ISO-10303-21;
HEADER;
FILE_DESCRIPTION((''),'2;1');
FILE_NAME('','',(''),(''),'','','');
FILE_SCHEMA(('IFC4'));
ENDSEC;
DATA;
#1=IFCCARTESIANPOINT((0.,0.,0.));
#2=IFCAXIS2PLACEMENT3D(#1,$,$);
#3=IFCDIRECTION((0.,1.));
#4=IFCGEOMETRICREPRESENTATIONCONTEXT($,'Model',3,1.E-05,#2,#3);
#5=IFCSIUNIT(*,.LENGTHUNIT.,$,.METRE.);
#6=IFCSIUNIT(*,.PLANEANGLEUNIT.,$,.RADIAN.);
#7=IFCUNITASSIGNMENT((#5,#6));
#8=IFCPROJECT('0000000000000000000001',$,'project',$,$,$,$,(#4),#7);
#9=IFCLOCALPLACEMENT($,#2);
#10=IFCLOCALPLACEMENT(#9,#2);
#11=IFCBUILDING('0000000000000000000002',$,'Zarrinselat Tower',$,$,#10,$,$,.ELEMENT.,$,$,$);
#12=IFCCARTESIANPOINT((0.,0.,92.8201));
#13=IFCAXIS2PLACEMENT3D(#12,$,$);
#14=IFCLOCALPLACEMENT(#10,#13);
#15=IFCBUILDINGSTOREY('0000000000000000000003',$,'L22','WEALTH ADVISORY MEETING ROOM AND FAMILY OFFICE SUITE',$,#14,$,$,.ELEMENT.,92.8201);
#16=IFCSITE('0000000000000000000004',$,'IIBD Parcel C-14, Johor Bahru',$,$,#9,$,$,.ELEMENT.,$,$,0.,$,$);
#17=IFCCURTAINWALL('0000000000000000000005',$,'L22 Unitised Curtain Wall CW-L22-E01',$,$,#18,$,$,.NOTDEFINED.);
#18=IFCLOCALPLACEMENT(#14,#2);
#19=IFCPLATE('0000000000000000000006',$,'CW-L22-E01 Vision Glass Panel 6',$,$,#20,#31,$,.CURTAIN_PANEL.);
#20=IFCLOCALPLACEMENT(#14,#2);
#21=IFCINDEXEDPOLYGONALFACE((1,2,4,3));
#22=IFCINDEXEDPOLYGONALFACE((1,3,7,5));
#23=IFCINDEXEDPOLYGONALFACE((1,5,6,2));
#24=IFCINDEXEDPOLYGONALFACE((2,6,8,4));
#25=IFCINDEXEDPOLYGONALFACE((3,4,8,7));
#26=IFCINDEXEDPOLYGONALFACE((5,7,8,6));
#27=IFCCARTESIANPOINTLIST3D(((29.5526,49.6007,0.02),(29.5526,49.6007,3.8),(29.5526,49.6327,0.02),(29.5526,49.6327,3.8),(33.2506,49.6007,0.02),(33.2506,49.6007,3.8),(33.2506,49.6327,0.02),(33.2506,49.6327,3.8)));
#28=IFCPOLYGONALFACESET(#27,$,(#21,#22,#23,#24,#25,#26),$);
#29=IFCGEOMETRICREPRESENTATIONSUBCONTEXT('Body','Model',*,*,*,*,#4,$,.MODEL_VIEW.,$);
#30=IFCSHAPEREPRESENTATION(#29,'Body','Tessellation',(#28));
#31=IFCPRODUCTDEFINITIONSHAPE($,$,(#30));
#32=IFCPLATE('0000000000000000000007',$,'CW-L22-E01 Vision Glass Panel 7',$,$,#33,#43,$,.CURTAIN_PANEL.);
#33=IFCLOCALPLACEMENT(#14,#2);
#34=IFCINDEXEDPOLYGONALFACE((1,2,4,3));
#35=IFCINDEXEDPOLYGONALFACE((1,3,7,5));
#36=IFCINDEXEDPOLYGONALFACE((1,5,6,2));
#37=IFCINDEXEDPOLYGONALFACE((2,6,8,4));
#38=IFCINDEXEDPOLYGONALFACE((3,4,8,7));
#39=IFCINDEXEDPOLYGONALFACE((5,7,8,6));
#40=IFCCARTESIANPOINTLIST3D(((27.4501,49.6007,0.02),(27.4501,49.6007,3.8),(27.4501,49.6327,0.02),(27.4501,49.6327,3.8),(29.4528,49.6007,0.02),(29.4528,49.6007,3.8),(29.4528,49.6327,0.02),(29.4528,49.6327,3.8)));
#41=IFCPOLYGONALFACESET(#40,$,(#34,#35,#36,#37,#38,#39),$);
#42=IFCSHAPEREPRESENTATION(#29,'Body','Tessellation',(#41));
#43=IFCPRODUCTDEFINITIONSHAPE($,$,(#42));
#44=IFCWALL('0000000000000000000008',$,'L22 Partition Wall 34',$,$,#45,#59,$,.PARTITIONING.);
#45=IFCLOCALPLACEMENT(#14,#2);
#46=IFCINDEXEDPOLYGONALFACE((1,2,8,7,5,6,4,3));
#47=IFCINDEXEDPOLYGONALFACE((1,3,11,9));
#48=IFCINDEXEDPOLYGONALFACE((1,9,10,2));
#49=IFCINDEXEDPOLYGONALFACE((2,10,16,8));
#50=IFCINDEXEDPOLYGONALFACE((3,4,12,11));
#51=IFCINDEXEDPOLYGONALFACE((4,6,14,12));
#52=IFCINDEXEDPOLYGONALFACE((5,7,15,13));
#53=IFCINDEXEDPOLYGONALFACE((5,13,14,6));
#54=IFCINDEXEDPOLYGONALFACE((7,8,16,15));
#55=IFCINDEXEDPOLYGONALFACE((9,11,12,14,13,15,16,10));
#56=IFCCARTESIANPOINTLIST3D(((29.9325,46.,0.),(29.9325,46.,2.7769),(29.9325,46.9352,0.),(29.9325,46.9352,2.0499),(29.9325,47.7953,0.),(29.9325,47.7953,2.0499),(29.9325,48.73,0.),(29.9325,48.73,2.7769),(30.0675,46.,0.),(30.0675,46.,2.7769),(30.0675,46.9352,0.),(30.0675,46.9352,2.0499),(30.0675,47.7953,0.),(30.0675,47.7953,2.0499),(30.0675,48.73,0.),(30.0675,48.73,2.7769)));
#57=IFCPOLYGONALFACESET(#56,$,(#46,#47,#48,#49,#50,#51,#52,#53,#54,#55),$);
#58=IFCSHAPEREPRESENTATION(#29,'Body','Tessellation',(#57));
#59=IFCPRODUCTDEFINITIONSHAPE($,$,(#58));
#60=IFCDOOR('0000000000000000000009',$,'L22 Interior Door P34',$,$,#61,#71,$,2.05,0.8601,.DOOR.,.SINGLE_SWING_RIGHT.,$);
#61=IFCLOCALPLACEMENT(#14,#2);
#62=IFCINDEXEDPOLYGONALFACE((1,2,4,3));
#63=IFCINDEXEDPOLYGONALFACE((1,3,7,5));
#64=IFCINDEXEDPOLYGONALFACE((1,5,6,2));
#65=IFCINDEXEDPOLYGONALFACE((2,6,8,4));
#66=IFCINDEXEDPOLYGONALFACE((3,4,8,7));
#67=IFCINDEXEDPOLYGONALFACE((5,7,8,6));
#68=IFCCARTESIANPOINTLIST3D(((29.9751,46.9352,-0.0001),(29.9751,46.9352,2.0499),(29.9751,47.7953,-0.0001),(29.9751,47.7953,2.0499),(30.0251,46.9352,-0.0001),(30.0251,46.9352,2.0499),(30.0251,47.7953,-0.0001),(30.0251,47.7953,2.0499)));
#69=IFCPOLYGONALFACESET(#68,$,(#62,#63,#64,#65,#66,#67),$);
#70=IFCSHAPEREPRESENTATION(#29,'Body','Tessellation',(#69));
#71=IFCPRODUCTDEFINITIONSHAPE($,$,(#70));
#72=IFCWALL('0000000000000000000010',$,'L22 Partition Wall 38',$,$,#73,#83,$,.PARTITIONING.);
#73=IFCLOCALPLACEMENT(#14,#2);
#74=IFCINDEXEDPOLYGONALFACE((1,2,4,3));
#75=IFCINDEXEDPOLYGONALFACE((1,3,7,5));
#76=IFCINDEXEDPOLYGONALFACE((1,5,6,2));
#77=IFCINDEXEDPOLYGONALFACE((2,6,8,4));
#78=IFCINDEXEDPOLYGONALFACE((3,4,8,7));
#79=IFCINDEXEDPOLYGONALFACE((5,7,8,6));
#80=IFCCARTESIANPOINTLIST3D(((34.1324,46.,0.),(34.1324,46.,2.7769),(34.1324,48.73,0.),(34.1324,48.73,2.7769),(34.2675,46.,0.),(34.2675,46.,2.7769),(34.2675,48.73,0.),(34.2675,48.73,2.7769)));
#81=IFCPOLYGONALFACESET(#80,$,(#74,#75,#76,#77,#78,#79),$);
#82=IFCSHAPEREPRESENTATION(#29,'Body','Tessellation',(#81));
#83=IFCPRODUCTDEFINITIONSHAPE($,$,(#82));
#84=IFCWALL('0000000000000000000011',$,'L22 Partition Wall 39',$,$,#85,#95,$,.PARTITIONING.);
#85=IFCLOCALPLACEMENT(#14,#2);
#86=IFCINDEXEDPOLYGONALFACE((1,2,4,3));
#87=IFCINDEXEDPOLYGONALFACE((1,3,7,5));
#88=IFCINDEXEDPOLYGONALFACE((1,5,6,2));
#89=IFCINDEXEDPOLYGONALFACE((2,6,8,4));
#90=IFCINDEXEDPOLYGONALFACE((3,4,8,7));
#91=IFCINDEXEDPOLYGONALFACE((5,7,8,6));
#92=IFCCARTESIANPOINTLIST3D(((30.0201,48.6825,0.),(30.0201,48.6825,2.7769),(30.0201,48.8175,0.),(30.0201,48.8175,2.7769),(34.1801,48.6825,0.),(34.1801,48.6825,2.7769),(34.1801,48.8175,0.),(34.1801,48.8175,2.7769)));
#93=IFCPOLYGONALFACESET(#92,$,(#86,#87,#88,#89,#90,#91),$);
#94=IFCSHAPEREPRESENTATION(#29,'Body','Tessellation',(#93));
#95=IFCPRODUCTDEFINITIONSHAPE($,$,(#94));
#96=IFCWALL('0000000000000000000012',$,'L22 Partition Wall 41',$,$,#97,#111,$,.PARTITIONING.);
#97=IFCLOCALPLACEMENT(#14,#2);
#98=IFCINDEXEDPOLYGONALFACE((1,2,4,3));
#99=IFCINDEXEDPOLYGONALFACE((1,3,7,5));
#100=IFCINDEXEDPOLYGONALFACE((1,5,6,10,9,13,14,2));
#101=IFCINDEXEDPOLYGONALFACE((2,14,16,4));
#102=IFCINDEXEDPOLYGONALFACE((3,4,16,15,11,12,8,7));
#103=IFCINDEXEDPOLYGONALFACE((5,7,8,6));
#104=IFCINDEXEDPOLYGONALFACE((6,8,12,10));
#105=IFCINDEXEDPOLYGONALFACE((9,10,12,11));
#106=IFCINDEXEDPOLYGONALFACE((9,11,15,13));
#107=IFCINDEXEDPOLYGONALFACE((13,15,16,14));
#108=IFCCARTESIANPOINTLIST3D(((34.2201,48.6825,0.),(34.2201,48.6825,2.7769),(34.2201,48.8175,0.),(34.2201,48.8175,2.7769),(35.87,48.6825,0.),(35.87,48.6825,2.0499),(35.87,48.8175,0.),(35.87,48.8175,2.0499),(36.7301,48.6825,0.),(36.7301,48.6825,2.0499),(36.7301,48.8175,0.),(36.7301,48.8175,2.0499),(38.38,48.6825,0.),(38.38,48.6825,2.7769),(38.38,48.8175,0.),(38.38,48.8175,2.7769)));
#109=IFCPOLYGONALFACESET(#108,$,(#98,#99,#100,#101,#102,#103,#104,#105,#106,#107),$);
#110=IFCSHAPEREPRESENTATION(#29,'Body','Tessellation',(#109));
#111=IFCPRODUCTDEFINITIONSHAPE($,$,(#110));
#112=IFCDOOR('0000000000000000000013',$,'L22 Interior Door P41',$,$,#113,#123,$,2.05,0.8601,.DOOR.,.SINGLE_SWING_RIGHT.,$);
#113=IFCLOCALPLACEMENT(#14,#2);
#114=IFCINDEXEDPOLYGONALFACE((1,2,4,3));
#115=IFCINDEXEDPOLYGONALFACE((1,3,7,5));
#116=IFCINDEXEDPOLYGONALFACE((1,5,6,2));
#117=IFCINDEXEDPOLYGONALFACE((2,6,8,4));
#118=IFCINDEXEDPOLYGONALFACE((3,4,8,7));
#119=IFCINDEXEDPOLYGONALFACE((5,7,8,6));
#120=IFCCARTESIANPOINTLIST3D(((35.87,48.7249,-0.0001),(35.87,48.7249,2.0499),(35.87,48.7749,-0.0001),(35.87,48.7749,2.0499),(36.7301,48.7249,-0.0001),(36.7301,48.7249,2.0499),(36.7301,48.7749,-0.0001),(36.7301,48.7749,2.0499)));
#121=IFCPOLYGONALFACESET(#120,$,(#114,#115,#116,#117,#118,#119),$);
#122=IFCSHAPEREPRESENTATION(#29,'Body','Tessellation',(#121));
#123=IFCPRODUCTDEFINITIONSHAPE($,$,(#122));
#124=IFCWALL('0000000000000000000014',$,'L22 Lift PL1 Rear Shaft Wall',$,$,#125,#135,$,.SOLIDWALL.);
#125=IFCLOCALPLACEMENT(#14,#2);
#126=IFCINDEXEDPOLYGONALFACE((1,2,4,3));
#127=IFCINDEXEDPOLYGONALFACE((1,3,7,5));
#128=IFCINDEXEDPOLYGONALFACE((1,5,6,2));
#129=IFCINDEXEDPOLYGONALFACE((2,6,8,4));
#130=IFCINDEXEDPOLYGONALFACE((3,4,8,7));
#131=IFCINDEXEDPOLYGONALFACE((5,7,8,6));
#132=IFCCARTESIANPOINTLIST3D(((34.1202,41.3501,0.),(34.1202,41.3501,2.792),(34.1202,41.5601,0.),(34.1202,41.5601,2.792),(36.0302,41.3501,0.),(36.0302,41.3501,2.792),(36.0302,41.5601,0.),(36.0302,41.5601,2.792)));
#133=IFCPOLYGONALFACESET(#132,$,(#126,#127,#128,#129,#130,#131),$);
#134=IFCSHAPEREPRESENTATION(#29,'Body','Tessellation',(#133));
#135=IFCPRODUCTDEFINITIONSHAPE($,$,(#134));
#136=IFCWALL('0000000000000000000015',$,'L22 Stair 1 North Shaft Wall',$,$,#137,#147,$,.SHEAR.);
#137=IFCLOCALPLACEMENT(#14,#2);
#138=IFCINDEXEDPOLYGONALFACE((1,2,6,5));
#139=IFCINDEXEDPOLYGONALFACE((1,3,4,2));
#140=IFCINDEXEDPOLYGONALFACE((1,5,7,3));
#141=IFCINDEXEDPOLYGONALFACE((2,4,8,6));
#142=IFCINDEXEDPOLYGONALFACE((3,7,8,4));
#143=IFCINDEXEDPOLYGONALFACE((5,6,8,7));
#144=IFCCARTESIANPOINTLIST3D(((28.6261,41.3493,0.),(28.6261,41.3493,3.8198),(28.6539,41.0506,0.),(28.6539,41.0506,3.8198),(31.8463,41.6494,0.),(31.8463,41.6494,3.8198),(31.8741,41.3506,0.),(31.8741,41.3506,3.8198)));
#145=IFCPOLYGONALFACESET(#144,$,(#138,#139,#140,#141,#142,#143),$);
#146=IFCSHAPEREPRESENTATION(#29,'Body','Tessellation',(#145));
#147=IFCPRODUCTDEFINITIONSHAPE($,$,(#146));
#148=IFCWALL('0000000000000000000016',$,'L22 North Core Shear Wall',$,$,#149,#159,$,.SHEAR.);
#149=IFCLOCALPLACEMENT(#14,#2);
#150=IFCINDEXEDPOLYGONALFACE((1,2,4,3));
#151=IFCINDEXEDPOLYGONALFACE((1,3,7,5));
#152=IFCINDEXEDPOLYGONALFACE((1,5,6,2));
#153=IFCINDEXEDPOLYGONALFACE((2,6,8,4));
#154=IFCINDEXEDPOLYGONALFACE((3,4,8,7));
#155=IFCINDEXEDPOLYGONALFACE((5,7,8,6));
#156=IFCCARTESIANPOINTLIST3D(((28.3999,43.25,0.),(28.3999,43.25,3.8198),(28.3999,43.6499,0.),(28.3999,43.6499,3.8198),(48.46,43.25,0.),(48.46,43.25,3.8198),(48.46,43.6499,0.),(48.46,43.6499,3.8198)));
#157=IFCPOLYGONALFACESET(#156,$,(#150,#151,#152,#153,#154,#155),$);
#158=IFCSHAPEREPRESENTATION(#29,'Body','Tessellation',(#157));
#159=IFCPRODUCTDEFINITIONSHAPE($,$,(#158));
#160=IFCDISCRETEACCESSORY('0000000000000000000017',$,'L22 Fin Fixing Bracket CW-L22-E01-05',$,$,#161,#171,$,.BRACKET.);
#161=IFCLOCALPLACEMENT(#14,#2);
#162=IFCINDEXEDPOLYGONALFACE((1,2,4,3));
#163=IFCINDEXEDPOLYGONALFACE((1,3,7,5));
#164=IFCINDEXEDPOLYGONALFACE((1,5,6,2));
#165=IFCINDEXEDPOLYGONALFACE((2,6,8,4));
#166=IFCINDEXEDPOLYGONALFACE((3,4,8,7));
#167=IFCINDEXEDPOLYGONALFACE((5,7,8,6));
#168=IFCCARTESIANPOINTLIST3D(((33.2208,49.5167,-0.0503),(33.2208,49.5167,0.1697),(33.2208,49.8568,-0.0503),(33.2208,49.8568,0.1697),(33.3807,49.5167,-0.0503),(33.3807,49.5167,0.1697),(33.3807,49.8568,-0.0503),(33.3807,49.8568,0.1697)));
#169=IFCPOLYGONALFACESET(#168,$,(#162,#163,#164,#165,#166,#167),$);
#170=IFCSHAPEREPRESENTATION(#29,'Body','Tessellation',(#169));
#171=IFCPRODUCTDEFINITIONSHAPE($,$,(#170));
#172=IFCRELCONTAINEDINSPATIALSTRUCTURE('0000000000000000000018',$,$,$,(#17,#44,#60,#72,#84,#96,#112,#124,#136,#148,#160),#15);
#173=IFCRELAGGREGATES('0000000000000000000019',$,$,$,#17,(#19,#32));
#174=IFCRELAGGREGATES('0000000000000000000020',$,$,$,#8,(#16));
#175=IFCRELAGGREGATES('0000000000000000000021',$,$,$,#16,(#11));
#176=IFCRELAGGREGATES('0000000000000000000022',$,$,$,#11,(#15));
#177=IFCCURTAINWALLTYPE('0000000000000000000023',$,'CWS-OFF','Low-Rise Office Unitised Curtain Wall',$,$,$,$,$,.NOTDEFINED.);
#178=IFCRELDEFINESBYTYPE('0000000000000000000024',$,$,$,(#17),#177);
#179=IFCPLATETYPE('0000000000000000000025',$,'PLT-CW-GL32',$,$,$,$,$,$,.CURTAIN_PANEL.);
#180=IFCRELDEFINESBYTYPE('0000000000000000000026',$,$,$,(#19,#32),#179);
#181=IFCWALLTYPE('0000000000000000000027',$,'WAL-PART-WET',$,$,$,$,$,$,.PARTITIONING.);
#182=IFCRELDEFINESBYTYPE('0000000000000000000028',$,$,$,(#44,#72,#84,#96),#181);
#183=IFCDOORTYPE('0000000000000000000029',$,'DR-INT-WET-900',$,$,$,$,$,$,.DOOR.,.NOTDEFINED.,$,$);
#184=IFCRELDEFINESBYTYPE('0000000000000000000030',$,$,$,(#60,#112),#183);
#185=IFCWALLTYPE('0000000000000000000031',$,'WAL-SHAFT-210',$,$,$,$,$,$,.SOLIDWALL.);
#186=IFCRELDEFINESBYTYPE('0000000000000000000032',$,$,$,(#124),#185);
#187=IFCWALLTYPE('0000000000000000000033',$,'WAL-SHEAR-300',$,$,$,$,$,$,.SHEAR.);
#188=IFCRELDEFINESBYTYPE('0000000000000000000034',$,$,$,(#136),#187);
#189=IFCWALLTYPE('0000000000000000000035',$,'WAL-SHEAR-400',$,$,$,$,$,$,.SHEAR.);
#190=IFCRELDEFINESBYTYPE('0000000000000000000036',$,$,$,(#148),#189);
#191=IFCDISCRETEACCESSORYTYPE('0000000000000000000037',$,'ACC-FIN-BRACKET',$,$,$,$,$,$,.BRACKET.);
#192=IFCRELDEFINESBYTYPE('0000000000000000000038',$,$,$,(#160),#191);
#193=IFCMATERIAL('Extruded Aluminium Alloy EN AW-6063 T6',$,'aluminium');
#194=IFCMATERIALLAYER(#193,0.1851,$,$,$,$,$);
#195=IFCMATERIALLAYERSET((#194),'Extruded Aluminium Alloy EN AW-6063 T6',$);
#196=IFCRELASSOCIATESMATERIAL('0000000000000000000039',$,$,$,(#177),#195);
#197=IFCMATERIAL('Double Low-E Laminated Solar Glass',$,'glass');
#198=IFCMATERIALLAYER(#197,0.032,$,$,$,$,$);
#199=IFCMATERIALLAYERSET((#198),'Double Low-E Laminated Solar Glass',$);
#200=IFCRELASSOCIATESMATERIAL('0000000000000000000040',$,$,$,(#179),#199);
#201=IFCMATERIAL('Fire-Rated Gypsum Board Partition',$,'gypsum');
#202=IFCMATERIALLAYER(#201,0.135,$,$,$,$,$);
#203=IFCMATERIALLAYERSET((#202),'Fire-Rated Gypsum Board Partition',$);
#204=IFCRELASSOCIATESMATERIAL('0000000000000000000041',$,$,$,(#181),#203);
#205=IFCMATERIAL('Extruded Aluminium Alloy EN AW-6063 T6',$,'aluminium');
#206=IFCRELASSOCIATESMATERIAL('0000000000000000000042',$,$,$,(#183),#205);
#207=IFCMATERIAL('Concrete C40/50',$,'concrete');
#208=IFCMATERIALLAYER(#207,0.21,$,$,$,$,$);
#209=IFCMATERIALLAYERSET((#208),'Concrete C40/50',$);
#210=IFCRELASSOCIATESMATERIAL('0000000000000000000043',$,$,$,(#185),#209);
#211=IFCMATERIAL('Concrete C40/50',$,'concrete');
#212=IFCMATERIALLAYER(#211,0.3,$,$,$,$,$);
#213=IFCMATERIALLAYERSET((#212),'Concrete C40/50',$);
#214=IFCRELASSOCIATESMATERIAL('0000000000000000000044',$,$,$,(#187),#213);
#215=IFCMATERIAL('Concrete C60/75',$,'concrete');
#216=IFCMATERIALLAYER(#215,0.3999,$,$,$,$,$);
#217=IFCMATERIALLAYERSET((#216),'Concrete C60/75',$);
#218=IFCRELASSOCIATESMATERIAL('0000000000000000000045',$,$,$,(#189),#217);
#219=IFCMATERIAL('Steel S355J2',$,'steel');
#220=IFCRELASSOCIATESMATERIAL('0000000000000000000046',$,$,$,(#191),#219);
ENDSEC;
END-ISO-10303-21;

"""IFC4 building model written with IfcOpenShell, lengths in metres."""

from ifc_helpers import new_model, si_unit, direction, frame, frame_2d, origin, origin_2d, place, context, subcontext, project, spatial, rectangle, extrude, material, layer, layer_set, type_object, element, fill, aggregate, save


model = new_model("IFC4")

# Units and contexts
model_context = context("Model", 3, precision=1e-05, world=origin(), true_north=direction((0.0, 1.0)))
body_context = subcontext(model_context, "Body", "Model", "MODEL_VIEW")
ifc_project = project(units=[si_unit("LENGTHUNIT", "METRE"), si_unit("PLANEANGLEUNIT", "RADIAN")], contexts=[model_context])

# Site, building, storey
site_placement = place(None, origin())
site = spatial("IfcSite", under=ifc_project, at=site_placement, Name="IIBD Parcel C-14, Johor Bahru", CompositionType="ELEMENT", RefElevation=0.0)
building_placement = place(site_placement, origin())
building = spatial("IfcBuilding", under=site, at=building_placement, Name="Zarrinselat Tower", CompositionType="ELEMENT")
storey_placement = place(building_placement, frame((0.0, 0.0, 92.8201)))
storey = spatial("IfcBuildingStorey", under=building, at=storey_placement, Name="L22", Description="WEALTH ADVISORY MEETING ROOM AND FAMILY OFFICE SUITE", CompositionType="ELEMENT", Elevation=92.8201)

# Curtain wall, plates
ifc_material_1 = material(Name="Extruded Aluminium Alloy EN AW-6063 T6", Category="aluminium")
ifc_layer_1 = layer(ifc_material_1, 0.1851)
ifc_layer_set_1 = layer_set([ifc_layer_1], Name="Extruded Aluminium Alloy EN AW-6063 T6")
curtain_wall_type = type_object("IfcCurtainWallType", Name="CWS-OFF", Description="Low-Rise Office Unitised Curtain Wall", PredefinedType="NOTDEFINED", material=ifc_layer_set_1)
curtain_wall_placement = place(storey_placement, origin())
curtain_wall = element("IfcCurtainWall", 1, at=curtain_wall_placement, inside=storey, type_object=curtain_wall_type, Name="L22 Unitised Curtain Wall CW-L22-E01", PredefinedType="NOTDEFINED")
ifc_material_2 = material(Name="Double Low-E Laminated Solar Glass", Category="glass")
ifc_layer_2 = layer(ifc_material_2, 0.032)
ifc_layer_set_2 = layer_set([ifc_layer_2], Name="Double Low-E Laminated Solar Glass")
plate_type = type_object("IfcPlateType", Name="PLT-CW-GL32", PredefinedType="CURTAIN_PANEL", material=ifc_layer_set_2)
plate_1_placement = place(storey_placement, frame((31.4016, 49.6167, 0.02), z_axis=(0.0, 0.0, 1.0), x_axis=(-1.0, 0.0, 0.0)))
plate_1 = element("IfcPlate", 2, at=plate_1_placement, type_object=plate_type, Name="CW-L22-E01 Vision Glass Panel 6", PredefinedType="CURTAIN_PANEL", context=body_context, shape_type="SweptSolid", body=[
    extrude(rectangle(XDim=3.698, YDim=0.032, at=origin_2d()), origin(), (0.0, 0.0, 1.0), 3.78),
])
plate_2_placement = place(storey_placement, frame((28.4514, 49.6167, 0.02), z_axis=(0.0, 0.0, 1.0), x_axis=(-1.0, 0.0, 0.0)))
plate_2 = element("IfcPlate", 3, at=plate_2_placement, type_object=plate_type, Name="CW-L22-E01 Vision Glass Panel 7", PredefinedType="CURTAIN_PANEL", context=body_context, shape_type="SweptSolid", body=[
    extrude(rectangle(XDim=2.0027, YDim=0.032, at=origin_2d()), origin(), (0.0, 0.0, 1.0), 3.78),
])
aggregate(curtain_wall, [plate_1, plate_2])

# Wall, opening, door
ifc_material_3 = material(Name="Fire-Rated Gypsum Board Partition", Category="gypsum")
ifc_layer_3 = layer(ifc_material_3, 0.135)
ifc_layer_set_3 = layer_set([ifc_layer_3], Name="Fire-Rated Gypsum Board Partition")
wall_type_1 = type_object("IfcWallType", Name="WAL-PART-WET", PredefinedType="PARTITIONING", material=ifc_layer_set_3)
wall_1_placement = place(storey_placement, frame((30.0, 46.0, 0.0), z_axis=(0.0, 0.0, 1.0), x_axis=(0.0, 1.0, 0.0)))
wall_1 = element("IfcWall", 4, at=wall_1_placement, inside=storey, type_object=wall_type_1, Name="L22 Partition Wall 34", PredefinedType="PARTITIONING", context=body_context, shape_type="SweptSolid", body=[
    extrude(rectangle(XDim=2.73, YDim=0.135, at=frame_2d((1.365, 0.0))), origin(), (0.0, 0.0, 1.0), 2.7769),
])
opening_1_placement = place(wall_1_placement, frame((0.9351, 0.0, 0.0)))
opening_1 = element("IfcOpeningElement", 5, at=opening_1_placement, cuts=wall_1, PredefinedType="OPENING", context=body_context, shape_type="SweptSolid", body=[
    extrude(rectangle(XDim=0.8601, YDim=2.05, at=frame_2d((0.4302, 1.0249))), frame((0.0, 0.0774, 0.0), z_axis=(0.0, -1.0, 0.0), x_axis=(1.0, 0.0, 0.0)), (0.0, 0.0, 1.0), 0.155),
])
ifc_material_4 = material(Name="Extruded Aluminium Alloy EN AW-6063 T6", Category="aluminium")
door_type = type_object("IfcDoorType", Name="DR-INT-WET-900", OperationType="NOTDEFINED", PredefinedType="DOOR", material=ifc_material_4)
door_1_placement = place(opening_1_placement, origin())
door_1 = element("IfcDoor", 6, at=door_1_placement, inside=storey, type_object=door_type, Name="L22 Interior Door P34", OperationType="SINGLE_SWING_RIGHT", OverallHeight=2.05, OverallWidth=0.8601, PredefinedType="DOOR", context=body_context, shape_type="SweptSolid", body=[
    extrude(rectangle(XDim=0.8601, YDim=2.05, at=frame_2d((0.4302, 1.0249))), frame((0.0, 0.0249, 0.0), z_axis=(0.0, -1.0, 0.0), x_axis=(1.0, 0.0, 0.0)), (0.0, 0.0, 1.0), 0.05),
])
fill(opening_1, door_1)

# Walls
wall_2_placement = place(storey_placement, frame((34.2, 46.0, 0.0), z_axis=(0.0, 0.0, 1.0), x_axis=(0.0, 1.0, 0.0)))
element("IfcWall", 7, at=wall_2_placement, inside=storey, type_object=wall_type_1, Name="L22 Partition Wall 38", PredefinedType="PARTITIONING", context=body_context, shape_type="SweptSolid", body=[
    extrude(rectangle(XDim=2.73, YDim=0.135, at=frame_2d((1.365, 0.0))), origin(), (0.0, 0.0, 1.0), 2.7769),
])
wall_3_placement = place(storey_placement, frame((30.02, 48.75, 0.0), z_axis=(0.0, 0.0, 1.0), x_axis=(1.0, 0.0, 0.0)))
element("IfcWall", 8, at=wall_3_placement, inside=storey, type_object=wall_type_1, Name="L22 Partition Wall 39", PredefinedType="PARTITIONING", context=body_context, shape_type="SweptSolid", body=[
    extrude(rectangle(XDim=4.1599, YDim=0.135, at=frame_2d((2.0801, 0.0))), origin(), (0.0, 0.0, 1.0), 2.7769),
])

# Wall, opening, door
wall_4_placement = place(storey_placement, frame((34.22, 48.75, 0.0), z_axis=(0.0, 0.0, 1.0), x_axis=(1.0, 0.0, 0.0)))
wall_4 = element("IfcWall", 9, at=wall_4_placement, inside=storey, type_object=wall_type_1, Name="L22 Partition Wall 41", PredefinedType="PARTITIONING", context=body_context, shape_type="SweptSolid", body=[
    extrude(rectangle(XDim=4.1599, YDim=0.135, at=frame_2d((2.0801, 0.0))), origin(), (0.0, 0.0, 1.0), 2.7769),
])
opening_2_placement = place(wall_4_placement, frame((1.6499, 0.0, 0.0)))
opening_2 = element("IfcOpeningElement", 10, at=opening_2_placement, cuts=wall_4, PredefinedType="OPENING", context=body_context, shape_type="SweptSolid", body=[
    extrude(rectangle(XDim=0.8601, YDim=2.05, at=frame_2d((0.4302, 1.0249))), frame((0.0, 0.0774, 0.0), z_axis=(0.0, -1.0, 0.0), x_axis=(1.0, 0.0, 0.0)), (0.0, 0.0, 1.0), 0.155),
])
door_2_placement = place(opening_2_placement, origin())
door_2 = element("IfcDoor", 11, at=door_2_placement, inside=storey, type_object=door_type, Name="L22 Interior Door P41", OperationType="SINGLE_SWING_RIGHT", OverallHeight=2.05, OverallWidth=0.8601, PredefinedType="DOOR", context=body_context, shape_type="SweptSolid", body=[
    extrude(rectangle(XDim=0.8601, YDim=2.05, at=frame_2d((0.4302, 1.0249))), frame((0.0, 0.0249, 0.0), z_axis=(0.0, -1.0, 0.0), x_axis=(1.0, 0.0, 0.0)), (0.0, 0.0, 1.0), 0.05),
])
fill(opening_2, door_2)

# Walls
ifc_material_5 = material(Name="Concrete C40/50", Category="concrete")
ifc_layer_4 = layer(ifc_material_5, 0.21)
ifc_layer_set_4 = layer_set([ifc_layer_4], Name="Concrete C40/50")
wall_type_2 = type_object("IfcWallType", Name="WAL-SHAFT-210", PredefinedType="SOLIDWALL", material=ifc_layer_set_4)
wall_5_placement = place(storey_placement, frame((34.1201, 41.4551, 0.0), z_axis=(0.0, 0.0, 1.0), x_axis=(1.0, 0.0, 0.0)))
element("IfcWall", 12, at=wall_5_placement, inside=storey, type_object=wall_type_2, Name="L22 Lift PL1 Rear Shaft Wall", PredefinedType="SOLIDWALL", context=body_context, shape_type="SweptSolid", body=[
    extrude(rectangle(XDim=1.9099, YDim=0.21, at=frame_2d((0.9551, 0.0))), origin(), (0.0, 0.0, 1.0), 2.792),
])
ifc_material_6 = material(Name="Concrete C40/50", Category="concrete")
ifc_layer_5 = layer(ifc_material_6, 0.3)
ifc_layer_set_5 = layer_set([ifc_layer_5], Name="Concrete C40/50")
wall_type_3 = type_object("IfcWallType", Name="WAL-SHEAR-300", PredefinedType="SHEAR", material=ifc_layer_set_5)
wall_6_placement = place(storey_placement, frame((28.6399, 41.2, 0.0), z_axis=(0.0, 0.0, 1.0), x_axis=(0.995687, 0.092775, 0.0)))
element("IfcWall", 13, at=wall_6_placement, inside=storey, type_object=wall_type_3, Name="L22 Stair 1 North Shaft Wall", PredefinedType="SHEAR", context=body_context, shape_type="SweptSolid", body=[
    extrude(rectangle(XDim=3.2341, YDim=0.3, at=frame_2d((1.6172, 0.0))), origin(), (0.0, 0.0, 1.0), 3.8198),
])
ifc_material_7 = material(Name="Concrete C60/75", Category="concrete")
ifc_layer_6 = layer(ifc_material_7, 0.3999)
ifc_layer_set_6 = layer_set([ifc_layer_6], Name="Concrete C60/75")
wall_type_4 = type_object("IfcWallType", Name="WAL-SHEAR-400", PredefinedType="SHEAR", material=ifc_layer_set_6)
wall_7_placement = place(storey_placement, frame((28.3999, 43.45, 0.0), z_axis=(0.0, 0.0, 1.0), x_axis=(1.0, 0.0, 0.0)))
element("IfcWall", 14, at=wall_7_placement, inside=storey, type_object=wall_type_4, Name="L22 North Core Shear Wall", PredefinedType="SHEAR", context=body_context, shape_type="SweptSolid", body=[
    extrude(rectangle(XDim=20.0601, YDim=0.3999, at=frame_2d((10.03, 0.0))), origin(), (0.0, 0.0, 1.0), 3.8198),
])

# Discrete accessory
ifc_material_8 = material(Name="Steel S355J2", Category="steel")
discrete_accessory_type = type_object("IfcDiscreteAccessoryType", Name="ACC-FIN-BRACKET", PredefinedType="BRACKET", material=ifc_material_8)
discrete_accessory_placement = place(storey_placement, frame((33.3008, 49.6868, -0.0503), z_axis=(0.0, 0.0, 1.0), x_axis=(0.0, 1.0, 0.0)))
element("IfcDiscreteAccessory", 15, at=discrete_accessory_placement, inside=storey, type_object=discrete_accessory_type, Name="L22 Fin Fixing Bracket CW-L22-E01-05", PredefinedType="BRACKET", context=body_context, shape_type="SweptSolid", body=[
    extrude(rectangle(XDim=0.3401, YDim=0.1599, at=origin_2d()), origin(), (0.0, 0.0, 1.0), 0.22),
])

save(model, "model.ifc")
